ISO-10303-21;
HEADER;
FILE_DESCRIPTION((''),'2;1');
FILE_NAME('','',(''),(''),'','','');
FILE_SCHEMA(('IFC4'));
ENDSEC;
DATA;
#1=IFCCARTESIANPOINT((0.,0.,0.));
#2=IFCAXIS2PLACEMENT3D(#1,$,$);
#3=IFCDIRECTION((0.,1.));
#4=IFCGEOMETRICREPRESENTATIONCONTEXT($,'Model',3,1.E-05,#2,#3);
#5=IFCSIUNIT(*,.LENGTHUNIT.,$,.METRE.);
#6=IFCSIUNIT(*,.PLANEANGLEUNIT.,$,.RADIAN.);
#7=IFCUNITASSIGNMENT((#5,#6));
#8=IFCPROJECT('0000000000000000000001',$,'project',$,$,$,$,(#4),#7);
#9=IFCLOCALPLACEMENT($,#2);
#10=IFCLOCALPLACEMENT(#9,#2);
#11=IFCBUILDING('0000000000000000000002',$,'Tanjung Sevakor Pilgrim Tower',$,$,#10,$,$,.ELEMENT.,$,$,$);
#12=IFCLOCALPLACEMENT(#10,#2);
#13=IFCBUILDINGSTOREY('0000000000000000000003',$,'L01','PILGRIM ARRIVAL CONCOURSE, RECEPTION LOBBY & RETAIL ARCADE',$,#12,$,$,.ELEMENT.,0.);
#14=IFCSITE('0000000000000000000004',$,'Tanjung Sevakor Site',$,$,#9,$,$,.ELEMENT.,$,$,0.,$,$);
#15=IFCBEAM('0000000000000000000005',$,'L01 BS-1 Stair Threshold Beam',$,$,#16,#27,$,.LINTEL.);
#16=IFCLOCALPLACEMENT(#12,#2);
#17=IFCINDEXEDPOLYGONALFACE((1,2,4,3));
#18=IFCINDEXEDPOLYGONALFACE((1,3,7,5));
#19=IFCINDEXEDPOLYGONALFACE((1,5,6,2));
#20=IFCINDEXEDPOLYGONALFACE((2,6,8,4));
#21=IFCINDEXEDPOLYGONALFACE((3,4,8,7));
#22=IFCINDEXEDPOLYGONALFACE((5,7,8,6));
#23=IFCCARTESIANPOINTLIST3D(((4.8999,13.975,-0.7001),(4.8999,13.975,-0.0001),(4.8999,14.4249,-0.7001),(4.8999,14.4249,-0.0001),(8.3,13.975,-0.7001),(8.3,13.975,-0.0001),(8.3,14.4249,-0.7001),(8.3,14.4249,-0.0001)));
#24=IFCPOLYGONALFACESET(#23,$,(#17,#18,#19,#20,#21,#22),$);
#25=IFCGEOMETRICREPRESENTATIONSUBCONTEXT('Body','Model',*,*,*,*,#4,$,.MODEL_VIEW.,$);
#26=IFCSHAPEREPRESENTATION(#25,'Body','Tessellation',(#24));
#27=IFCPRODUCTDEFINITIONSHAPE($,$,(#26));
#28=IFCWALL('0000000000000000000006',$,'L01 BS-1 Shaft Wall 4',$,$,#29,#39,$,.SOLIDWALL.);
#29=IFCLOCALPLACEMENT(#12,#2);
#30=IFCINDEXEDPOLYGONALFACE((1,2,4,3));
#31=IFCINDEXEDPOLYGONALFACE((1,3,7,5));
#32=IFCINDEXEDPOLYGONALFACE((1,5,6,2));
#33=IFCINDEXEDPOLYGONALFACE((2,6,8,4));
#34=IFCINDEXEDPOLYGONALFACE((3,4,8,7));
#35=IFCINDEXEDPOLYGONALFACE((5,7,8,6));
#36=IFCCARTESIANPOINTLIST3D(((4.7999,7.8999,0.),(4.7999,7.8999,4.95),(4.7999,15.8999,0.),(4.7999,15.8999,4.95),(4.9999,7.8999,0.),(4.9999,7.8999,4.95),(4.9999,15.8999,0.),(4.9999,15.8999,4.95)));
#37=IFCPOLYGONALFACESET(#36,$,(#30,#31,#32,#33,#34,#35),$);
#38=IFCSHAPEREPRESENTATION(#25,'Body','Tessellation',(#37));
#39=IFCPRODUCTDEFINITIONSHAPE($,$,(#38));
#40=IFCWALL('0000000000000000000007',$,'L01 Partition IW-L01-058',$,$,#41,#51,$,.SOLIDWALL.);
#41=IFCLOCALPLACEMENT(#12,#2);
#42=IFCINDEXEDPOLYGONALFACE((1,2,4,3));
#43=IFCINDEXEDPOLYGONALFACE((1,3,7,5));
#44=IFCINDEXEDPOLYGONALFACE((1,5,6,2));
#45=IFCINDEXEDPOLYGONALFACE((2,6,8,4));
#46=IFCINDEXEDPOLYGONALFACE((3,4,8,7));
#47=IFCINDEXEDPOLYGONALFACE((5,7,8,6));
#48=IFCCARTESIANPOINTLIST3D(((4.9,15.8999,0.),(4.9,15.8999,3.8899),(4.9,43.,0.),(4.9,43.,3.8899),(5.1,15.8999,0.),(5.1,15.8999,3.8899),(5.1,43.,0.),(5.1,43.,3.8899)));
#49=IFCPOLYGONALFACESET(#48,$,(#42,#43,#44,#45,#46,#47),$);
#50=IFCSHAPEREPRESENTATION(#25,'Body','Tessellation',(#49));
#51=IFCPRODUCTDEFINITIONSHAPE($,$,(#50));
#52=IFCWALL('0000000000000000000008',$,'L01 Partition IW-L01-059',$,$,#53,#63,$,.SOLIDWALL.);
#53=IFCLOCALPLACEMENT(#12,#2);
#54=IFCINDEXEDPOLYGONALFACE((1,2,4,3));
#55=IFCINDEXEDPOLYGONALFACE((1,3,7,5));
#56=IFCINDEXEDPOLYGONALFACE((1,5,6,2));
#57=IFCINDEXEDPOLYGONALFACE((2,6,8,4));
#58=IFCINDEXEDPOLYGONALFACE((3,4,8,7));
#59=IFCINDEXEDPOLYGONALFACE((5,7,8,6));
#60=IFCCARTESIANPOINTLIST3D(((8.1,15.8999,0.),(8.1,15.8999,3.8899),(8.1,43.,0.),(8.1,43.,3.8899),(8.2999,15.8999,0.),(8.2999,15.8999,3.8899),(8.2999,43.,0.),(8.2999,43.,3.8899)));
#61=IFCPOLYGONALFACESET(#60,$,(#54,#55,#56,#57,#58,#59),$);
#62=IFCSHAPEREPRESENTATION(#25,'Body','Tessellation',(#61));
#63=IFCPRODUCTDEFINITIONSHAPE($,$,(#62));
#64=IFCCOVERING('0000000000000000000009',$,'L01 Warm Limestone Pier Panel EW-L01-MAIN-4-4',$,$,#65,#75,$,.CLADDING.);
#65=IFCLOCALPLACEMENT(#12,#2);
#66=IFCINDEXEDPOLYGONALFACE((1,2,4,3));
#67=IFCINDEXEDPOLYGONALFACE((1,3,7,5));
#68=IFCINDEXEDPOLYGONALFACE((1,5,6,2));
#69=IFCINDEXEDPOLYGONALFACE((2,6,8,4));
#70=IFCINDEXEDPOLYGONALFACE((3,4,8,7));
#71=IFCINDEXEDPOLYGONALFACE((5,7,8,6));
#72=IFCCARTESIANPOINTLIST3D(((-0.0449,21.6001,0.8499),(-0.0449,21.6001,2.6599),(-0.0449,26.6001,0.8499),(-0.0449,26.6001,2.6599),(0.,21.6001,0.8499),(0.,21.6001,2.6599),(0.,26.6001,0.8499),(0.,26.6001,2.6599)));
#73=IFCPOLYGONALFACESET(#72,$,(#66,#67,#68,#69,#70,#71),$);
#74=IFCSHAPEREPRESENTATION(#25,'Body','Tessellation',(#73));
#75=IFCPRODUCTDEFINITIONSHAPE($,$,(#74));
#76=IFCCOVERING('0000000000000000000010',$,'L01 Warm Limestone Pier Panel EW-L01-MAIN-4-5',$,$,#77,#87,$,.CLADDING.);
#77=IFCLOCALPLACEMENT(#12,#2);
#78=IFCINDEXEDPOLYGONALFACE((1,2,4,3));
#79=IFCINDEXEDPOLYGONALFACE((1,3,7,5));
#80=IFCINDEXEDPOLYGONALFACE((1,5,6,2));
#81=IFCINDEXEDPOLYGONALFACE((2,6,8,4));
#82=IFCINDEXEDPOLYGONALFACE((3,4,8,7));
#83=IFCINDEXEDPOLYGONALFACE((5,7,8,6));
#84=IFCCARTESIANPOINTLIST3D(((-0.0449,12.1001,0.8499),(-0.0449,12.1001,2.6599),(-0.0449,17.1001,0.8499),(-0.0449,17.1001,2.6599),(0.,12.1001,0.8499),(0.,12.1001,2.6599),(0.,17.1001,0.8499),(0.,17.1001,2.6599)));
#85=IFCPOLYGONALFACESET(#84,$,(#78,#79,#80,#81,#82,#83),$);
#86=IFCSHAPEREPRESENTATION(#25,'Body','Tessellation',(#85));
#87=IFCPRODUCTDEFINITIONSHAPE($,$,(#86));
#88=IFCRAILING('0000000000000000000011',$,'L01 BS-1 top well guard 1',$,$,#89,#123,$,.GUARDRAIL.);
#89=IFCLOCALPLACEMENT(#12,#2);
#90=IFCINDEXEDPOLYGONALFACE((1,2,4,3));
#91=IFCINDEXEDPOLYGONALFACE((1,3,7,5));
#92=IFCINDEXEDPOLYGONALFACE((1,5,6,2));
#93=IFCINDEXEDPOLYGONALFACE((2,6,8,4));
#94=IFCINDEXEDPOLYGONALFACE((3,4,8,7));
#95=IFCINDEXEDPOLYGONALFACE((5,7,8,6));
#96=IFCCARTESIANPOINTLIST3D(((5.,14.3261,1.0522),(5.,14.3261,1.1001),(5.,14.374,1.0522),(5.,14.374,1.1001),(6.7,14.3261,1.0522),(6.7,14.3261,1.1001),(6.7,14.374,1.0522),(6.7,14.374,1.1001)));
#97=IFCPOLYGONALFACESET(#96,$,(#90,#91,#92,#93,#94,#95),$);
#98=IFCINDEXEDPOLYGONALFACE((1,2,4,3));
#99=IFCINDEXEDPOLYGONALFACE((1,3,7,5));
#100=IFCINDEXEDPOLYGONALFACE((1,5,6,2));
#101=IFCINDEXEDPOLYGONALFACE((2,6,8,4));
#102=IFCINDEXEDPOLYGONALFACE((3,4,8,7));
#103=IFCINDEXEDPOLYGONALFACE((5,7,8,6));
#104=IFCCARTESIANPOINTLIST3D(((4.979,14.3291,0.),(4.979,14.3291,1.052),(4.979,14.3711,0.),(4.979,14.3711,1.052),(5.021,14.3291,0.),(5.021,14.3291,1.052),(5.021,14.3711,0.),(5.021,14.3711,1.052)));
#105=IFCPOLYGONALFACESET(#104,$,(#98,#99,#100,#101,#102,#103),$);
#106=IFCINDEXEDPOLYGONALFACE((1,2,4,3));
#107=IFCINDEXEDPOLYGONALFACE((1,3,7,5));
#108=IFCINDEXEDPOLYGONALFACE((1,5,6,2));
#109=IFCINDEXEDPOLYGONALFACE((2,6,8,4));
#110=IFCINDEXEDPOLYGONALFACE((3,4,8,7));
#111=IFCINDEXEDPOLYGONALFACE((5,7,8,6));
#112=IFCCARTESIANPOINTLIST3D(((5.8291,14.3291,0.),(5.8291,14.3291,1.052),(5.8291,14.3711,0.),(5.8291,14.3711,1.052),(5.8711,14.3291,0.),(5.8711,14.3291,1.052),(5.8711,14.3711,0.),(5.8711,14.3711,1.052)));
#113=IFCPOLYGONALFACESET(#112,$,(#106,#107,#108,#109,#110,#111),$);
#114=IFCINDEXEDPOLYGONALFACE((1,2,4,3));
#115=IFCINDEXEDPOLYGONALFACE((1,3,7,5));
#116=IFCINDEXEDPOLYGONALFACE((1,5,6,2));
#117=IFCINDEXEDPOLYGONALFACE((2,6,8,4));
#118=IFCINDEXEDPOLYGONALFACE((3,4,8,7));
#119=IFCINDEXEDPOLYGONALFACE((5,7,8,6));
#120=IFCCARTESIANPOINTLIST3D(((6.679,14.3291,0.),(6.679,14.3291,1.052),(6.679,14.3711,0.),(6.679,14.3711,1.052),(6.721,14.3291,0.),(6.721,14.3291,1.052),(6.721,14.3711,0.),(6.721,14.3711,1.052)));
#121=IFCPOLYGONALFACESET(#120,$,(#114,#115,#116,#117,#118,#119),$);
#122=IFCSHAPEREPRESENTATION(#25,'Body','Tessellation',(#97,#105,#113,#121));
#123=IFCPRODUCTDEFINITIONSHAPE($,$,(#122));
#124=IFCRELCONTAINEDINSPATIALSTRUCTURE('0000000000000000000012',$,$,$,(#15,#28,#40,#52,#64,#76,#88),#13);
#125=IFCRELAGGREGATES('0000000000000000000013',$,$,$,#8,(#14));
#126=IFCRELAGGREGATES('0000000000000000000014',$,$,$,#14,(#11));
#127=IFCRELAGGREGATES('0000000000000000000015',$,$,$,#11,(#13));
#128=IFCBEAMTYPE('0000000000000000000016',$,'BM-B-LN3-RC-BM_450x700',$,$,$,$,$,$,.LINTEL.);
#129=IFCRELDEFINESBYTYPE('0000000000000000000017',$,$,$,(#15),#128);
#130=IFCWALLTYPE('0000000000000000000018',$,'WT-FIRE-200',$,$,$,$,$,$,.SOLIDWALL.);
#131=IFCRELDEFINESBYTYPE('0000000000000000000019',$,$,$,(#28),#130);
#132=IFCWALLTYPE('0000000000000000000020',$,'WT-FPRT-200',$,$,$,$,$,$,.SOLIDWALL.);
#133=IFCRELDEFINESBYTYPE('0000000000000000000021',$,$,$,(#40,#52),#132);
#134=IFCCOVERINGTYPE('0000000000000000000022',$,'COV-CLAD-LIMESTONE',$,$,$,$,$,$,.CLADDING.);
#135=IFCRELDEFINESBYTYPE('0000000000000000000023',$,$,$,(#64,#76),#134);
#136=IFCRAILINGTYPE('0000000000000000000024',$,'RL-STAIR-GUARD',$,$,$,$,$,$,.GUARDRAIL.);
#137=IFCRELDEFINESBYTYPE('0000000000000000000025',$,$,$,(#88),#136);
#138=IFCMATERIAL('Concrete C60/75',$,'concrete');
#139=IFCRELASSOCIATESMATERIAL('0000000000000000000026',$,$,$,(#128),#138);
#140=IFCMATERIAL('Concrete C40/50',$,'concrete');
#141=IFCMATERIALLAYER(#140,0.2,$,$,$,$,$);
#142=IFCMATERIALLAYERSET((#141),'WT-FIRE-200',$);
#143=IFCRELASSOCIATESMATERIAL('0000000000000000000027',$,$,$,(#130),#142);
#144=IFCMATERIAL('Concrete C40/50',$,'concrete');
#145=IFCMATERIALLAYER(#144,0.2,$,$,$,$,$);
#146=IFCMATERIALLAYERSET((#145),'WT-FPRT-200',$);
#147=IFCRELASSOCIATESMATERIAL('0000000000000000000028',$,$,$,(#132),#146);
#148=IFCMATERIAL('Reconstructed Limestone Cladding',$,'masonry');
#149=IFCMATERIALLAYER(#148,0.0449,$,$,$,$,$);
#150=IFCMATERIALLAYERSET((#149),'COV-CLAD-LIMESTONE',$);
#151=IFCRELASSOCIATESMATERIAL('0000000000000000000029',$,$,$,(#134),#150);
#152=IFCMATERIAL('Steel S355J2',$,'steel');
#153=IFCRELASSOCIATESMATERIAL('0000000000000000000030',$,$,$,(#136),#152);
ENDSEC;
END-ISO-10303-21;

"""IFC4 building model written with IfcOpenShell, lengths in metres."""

from ifc_helpers import new_model, si_unit, direction, frame, frame_2d, origin, origin_2d, place, context, subcontext, project, spatial, rectangle, extrude, material, layer, layer_set, material_profile, profile_set, type_object, element, save


model = new_model("IFC4")

# Units and contexts
model_context = context("Model", 3, precision=1e-05, world=origin(), true_north=direction((0.0, 1.0)))
body_context = subcontext(model_context, "Body", "Model", "MODEL_VIEW")
ifc_project = project(units=[si_unit("LENGTHUNIT", "METRE"), si_unit("PLANEANGLEUNIT", "RADIAN")], contexts=[model_context])

# Site, building, storey
site_placement = place(None, origin())
site = spatial("IfcSite", under=ifc_project, at=site_placement, Name="Tanjung Sevakor Site", CompositionType="ELEMENT", RefElevation=0.0)
building_placement = place(site_placement, origin())
building = spatial("IfcBuilding", under=site, at=building_placement, Name="Tanjung Sevakor Pilgrim Tower", CompositionType="ELEMENT")
storey_placement = place(building_placement, origin())
storey = spatial("IfcBuildingStorey", under=building, at=storey_placement, Name="L01", Description="PILGRIM ARRIVAL CONCOURSE, RECEPTION LOBBY & RETAIL ARCADE", CompositionType="ELEMENT", Elevation=0.0)

# Beam
ifc_material_1 = material(Name="Concrete C60/75", Category="concrete")
ifc_material_profile = material_profile(ifc_material_1, rectangle(XDim=0.45, YDim=0.7, at=origin_2d()))
ifc_profile_set = profile_set([ifc_material_profile], Name="Concrete C60/75")
beam_type = type_object("IfcBeamType", Name="BM-B-LN3-RC-BM_450x700", PredefinedType="LINTEL", material=ifc_profile_set)
beam_placement = place(storey_placement, frame((4.8999, 14.2, -0.3501), z_axis=(1.0, 0.0, 0.0), x_axis=(0.0, 1.0, 0.0)))
element("IfcBeam", 1, at=beam_placement, inside=storey, type_object=beam_type, Name="L01 BS-1 Stair Threshold Beam", PredefinedType="LINTEL", context=body_context, shape_type="SweptSolid", body=[
    extrude(rectangle(XDim=0.45, YDim=0.7, at=origin_2d()), origin(), (0.0, 0.0, 1.0), 3.4001),
])

# Shared definitions
ifc_material_2 = material(Name="Concrete C40/50", Category="concrete")
ifc_layer_1 = layer(ifc_material_2, 0.2)
ifc_layer_set_1 = layer_set([ifc_layer_1], Name="WT-FIRE-200")
wall_type_1 = type_object("IfcWallType", Name="WT-FIRE-200", PredefinedType="SOLIDWALL", material=ifc_layer_set_1)

# Walls
wall_1_placement = place(storey_placement, frame((4.8999, 15.8999, 0.0), z_axis=(0.0, 0.0, 1.0), x_axis=(0.0, -1.0, 0.0)))
element("IfcWall", 2, at=wall_1_placement, inside=storey, type_object=wall_type_1, Name="L01 BS-1 Shaft Wall 4", PredefinedType="SOLIDWALL", context=body_context, shape_type="SweptSolid", body=[
    extrude(rectangle(XDim=8.0, YDim=0.2, at=frame_2d((4.0, 0.0))), origin(), (0.0, 0.0, 1.0), 4.95),
])
ifc_material_3 = material(Name="Concrete C40/50", Category="concrete")
ifc_layer_2 = layer(ifc_material_3, 0.2)
ifc_layer_set_2 = layer_set([ifc_layer_2], Name="WT-FPRT-200")
wall_type_2 = type_object("IfcWallType", Name="WT-FPRT-200", PredefinedType="SOLIDWALL", material=ifc_layer_set_2)
for number, where, z_axis, x_axis, name in (
    (3, (5.0, 15.8999, 0.0), (0.0, 0.0, 1.0), (0.0, 1.0, 0.0), "L01 Partition IW-L01-058"),
    (4, (8.2, 15.8999, 0.0), (0.0, 0.0, 1.0), (0.0, 1.0, 0.0), "L01 Partition IW-L01-059"),
):
    element("IfcWall", number, at=place(storey_placement, frame(where, z_axis=z_axis, x_axis=x_axis)), inside=storey, type_object=wall_type_2, Name=name, PredefinedType="SOLIDWALL", context=body_context, shape_type="SweptSolid", body=[
        extrude(rectangle(XDim=27.1001, YDim=0.2, at=frame_2d((13.55, 0.0))), origin(), (0.0, 0.0, 1.0), 3.8899),
    ])

# Coverings
ifc_material_4 = material(Name="Reconstructed Limestone Cladding", Category="masonry")
ifc_layer_3 = layer(ifc_material_4, 0.0449)
ifc_layer_set_3 = layer_set([ifc_layer_3], Name="COV-CLAD-LIMESTONE")
covering_type = type_object("IfcCoveringType", Name="COV-CLAD-LIMESTONE", PredefinedType="CLADDING", material=ifc_layer_set_3)
for number, where, z_axis, x_axis, name in (
    (5, (-0.0225, 24.1001, 0.8499), (0.0, 0.0, 1.0), (0.0, -1.0, 0.0), "L01 Warm Limestone Pier Panel EW-L01-MAIN-4-4"),
    (6, (-0.0225, 14.6001, 0.8499), (0.0, 0.0, 1.0), (0.0, -1.0, 0.0), "L01 Warm Limestone Pier Panel EW-L01-MAIN-4-5"),
):
    element("IfcCovering", number, at=place(storey_placement, frame(where, z_axis=z_axis, x_axis=x_axis)), inside=storey, type_object=covering_type, Name=name, PredefinedType="CLADDING", context=body_context, shape_type="SweptSolid", body=[
        extrude(rectangle(XDim=5.0, YDim=0.0449, at=origin_2d()), origin(), (0.0, 0.0, 1.0), 1.8101),
    ])

# Railing
ifc_material_5 = material(Name="Steel S355J2", Category="steel")
railing_type = type_object("IfcRailingType", Name="RL-STAIR-GUARD", PredefinedType="GUARDRAIL", material=ifc_material_5)
railing_placement = place(storey_placement, frame((5.0, 14.3501, 0.0)))
element("IfcRailing", 7, at=railing_placement, inside=storey, type_object=railing_type, Name="L01 BS-1 top well guard 1", PredefinedType="GUARDRAIL", context=body_context, shape_type="SweptSolid", body=[
    extrude(rectangle(XDim=0.0479, YDim=0.0479), frame((0.0, 0.0, 1.0762), z_axis=(1.0, 0.0, 0.0), x_axis=(0.0, 1.0, 0.0)), (0.0, 0.0, 1.0), 1.7),
    extrude(rectangle(XDim=0.042, YDim=0.042), origin(), (0.0, 0.0, 1.0), 1.052),
    extrude(rectangle(XDim=0.042, YDim=0.042), frame((0.8501, 0.0, 0.0)), (0.0, 0.0, 1.0), 1.052),
    extrude(rectangle(XDim=0.042, YDim=0.042), frame((1.7, 0.0, 0.0)), (0.0, 0.0, 1.0), 1.052),
])

save(model, "model.ifc")
